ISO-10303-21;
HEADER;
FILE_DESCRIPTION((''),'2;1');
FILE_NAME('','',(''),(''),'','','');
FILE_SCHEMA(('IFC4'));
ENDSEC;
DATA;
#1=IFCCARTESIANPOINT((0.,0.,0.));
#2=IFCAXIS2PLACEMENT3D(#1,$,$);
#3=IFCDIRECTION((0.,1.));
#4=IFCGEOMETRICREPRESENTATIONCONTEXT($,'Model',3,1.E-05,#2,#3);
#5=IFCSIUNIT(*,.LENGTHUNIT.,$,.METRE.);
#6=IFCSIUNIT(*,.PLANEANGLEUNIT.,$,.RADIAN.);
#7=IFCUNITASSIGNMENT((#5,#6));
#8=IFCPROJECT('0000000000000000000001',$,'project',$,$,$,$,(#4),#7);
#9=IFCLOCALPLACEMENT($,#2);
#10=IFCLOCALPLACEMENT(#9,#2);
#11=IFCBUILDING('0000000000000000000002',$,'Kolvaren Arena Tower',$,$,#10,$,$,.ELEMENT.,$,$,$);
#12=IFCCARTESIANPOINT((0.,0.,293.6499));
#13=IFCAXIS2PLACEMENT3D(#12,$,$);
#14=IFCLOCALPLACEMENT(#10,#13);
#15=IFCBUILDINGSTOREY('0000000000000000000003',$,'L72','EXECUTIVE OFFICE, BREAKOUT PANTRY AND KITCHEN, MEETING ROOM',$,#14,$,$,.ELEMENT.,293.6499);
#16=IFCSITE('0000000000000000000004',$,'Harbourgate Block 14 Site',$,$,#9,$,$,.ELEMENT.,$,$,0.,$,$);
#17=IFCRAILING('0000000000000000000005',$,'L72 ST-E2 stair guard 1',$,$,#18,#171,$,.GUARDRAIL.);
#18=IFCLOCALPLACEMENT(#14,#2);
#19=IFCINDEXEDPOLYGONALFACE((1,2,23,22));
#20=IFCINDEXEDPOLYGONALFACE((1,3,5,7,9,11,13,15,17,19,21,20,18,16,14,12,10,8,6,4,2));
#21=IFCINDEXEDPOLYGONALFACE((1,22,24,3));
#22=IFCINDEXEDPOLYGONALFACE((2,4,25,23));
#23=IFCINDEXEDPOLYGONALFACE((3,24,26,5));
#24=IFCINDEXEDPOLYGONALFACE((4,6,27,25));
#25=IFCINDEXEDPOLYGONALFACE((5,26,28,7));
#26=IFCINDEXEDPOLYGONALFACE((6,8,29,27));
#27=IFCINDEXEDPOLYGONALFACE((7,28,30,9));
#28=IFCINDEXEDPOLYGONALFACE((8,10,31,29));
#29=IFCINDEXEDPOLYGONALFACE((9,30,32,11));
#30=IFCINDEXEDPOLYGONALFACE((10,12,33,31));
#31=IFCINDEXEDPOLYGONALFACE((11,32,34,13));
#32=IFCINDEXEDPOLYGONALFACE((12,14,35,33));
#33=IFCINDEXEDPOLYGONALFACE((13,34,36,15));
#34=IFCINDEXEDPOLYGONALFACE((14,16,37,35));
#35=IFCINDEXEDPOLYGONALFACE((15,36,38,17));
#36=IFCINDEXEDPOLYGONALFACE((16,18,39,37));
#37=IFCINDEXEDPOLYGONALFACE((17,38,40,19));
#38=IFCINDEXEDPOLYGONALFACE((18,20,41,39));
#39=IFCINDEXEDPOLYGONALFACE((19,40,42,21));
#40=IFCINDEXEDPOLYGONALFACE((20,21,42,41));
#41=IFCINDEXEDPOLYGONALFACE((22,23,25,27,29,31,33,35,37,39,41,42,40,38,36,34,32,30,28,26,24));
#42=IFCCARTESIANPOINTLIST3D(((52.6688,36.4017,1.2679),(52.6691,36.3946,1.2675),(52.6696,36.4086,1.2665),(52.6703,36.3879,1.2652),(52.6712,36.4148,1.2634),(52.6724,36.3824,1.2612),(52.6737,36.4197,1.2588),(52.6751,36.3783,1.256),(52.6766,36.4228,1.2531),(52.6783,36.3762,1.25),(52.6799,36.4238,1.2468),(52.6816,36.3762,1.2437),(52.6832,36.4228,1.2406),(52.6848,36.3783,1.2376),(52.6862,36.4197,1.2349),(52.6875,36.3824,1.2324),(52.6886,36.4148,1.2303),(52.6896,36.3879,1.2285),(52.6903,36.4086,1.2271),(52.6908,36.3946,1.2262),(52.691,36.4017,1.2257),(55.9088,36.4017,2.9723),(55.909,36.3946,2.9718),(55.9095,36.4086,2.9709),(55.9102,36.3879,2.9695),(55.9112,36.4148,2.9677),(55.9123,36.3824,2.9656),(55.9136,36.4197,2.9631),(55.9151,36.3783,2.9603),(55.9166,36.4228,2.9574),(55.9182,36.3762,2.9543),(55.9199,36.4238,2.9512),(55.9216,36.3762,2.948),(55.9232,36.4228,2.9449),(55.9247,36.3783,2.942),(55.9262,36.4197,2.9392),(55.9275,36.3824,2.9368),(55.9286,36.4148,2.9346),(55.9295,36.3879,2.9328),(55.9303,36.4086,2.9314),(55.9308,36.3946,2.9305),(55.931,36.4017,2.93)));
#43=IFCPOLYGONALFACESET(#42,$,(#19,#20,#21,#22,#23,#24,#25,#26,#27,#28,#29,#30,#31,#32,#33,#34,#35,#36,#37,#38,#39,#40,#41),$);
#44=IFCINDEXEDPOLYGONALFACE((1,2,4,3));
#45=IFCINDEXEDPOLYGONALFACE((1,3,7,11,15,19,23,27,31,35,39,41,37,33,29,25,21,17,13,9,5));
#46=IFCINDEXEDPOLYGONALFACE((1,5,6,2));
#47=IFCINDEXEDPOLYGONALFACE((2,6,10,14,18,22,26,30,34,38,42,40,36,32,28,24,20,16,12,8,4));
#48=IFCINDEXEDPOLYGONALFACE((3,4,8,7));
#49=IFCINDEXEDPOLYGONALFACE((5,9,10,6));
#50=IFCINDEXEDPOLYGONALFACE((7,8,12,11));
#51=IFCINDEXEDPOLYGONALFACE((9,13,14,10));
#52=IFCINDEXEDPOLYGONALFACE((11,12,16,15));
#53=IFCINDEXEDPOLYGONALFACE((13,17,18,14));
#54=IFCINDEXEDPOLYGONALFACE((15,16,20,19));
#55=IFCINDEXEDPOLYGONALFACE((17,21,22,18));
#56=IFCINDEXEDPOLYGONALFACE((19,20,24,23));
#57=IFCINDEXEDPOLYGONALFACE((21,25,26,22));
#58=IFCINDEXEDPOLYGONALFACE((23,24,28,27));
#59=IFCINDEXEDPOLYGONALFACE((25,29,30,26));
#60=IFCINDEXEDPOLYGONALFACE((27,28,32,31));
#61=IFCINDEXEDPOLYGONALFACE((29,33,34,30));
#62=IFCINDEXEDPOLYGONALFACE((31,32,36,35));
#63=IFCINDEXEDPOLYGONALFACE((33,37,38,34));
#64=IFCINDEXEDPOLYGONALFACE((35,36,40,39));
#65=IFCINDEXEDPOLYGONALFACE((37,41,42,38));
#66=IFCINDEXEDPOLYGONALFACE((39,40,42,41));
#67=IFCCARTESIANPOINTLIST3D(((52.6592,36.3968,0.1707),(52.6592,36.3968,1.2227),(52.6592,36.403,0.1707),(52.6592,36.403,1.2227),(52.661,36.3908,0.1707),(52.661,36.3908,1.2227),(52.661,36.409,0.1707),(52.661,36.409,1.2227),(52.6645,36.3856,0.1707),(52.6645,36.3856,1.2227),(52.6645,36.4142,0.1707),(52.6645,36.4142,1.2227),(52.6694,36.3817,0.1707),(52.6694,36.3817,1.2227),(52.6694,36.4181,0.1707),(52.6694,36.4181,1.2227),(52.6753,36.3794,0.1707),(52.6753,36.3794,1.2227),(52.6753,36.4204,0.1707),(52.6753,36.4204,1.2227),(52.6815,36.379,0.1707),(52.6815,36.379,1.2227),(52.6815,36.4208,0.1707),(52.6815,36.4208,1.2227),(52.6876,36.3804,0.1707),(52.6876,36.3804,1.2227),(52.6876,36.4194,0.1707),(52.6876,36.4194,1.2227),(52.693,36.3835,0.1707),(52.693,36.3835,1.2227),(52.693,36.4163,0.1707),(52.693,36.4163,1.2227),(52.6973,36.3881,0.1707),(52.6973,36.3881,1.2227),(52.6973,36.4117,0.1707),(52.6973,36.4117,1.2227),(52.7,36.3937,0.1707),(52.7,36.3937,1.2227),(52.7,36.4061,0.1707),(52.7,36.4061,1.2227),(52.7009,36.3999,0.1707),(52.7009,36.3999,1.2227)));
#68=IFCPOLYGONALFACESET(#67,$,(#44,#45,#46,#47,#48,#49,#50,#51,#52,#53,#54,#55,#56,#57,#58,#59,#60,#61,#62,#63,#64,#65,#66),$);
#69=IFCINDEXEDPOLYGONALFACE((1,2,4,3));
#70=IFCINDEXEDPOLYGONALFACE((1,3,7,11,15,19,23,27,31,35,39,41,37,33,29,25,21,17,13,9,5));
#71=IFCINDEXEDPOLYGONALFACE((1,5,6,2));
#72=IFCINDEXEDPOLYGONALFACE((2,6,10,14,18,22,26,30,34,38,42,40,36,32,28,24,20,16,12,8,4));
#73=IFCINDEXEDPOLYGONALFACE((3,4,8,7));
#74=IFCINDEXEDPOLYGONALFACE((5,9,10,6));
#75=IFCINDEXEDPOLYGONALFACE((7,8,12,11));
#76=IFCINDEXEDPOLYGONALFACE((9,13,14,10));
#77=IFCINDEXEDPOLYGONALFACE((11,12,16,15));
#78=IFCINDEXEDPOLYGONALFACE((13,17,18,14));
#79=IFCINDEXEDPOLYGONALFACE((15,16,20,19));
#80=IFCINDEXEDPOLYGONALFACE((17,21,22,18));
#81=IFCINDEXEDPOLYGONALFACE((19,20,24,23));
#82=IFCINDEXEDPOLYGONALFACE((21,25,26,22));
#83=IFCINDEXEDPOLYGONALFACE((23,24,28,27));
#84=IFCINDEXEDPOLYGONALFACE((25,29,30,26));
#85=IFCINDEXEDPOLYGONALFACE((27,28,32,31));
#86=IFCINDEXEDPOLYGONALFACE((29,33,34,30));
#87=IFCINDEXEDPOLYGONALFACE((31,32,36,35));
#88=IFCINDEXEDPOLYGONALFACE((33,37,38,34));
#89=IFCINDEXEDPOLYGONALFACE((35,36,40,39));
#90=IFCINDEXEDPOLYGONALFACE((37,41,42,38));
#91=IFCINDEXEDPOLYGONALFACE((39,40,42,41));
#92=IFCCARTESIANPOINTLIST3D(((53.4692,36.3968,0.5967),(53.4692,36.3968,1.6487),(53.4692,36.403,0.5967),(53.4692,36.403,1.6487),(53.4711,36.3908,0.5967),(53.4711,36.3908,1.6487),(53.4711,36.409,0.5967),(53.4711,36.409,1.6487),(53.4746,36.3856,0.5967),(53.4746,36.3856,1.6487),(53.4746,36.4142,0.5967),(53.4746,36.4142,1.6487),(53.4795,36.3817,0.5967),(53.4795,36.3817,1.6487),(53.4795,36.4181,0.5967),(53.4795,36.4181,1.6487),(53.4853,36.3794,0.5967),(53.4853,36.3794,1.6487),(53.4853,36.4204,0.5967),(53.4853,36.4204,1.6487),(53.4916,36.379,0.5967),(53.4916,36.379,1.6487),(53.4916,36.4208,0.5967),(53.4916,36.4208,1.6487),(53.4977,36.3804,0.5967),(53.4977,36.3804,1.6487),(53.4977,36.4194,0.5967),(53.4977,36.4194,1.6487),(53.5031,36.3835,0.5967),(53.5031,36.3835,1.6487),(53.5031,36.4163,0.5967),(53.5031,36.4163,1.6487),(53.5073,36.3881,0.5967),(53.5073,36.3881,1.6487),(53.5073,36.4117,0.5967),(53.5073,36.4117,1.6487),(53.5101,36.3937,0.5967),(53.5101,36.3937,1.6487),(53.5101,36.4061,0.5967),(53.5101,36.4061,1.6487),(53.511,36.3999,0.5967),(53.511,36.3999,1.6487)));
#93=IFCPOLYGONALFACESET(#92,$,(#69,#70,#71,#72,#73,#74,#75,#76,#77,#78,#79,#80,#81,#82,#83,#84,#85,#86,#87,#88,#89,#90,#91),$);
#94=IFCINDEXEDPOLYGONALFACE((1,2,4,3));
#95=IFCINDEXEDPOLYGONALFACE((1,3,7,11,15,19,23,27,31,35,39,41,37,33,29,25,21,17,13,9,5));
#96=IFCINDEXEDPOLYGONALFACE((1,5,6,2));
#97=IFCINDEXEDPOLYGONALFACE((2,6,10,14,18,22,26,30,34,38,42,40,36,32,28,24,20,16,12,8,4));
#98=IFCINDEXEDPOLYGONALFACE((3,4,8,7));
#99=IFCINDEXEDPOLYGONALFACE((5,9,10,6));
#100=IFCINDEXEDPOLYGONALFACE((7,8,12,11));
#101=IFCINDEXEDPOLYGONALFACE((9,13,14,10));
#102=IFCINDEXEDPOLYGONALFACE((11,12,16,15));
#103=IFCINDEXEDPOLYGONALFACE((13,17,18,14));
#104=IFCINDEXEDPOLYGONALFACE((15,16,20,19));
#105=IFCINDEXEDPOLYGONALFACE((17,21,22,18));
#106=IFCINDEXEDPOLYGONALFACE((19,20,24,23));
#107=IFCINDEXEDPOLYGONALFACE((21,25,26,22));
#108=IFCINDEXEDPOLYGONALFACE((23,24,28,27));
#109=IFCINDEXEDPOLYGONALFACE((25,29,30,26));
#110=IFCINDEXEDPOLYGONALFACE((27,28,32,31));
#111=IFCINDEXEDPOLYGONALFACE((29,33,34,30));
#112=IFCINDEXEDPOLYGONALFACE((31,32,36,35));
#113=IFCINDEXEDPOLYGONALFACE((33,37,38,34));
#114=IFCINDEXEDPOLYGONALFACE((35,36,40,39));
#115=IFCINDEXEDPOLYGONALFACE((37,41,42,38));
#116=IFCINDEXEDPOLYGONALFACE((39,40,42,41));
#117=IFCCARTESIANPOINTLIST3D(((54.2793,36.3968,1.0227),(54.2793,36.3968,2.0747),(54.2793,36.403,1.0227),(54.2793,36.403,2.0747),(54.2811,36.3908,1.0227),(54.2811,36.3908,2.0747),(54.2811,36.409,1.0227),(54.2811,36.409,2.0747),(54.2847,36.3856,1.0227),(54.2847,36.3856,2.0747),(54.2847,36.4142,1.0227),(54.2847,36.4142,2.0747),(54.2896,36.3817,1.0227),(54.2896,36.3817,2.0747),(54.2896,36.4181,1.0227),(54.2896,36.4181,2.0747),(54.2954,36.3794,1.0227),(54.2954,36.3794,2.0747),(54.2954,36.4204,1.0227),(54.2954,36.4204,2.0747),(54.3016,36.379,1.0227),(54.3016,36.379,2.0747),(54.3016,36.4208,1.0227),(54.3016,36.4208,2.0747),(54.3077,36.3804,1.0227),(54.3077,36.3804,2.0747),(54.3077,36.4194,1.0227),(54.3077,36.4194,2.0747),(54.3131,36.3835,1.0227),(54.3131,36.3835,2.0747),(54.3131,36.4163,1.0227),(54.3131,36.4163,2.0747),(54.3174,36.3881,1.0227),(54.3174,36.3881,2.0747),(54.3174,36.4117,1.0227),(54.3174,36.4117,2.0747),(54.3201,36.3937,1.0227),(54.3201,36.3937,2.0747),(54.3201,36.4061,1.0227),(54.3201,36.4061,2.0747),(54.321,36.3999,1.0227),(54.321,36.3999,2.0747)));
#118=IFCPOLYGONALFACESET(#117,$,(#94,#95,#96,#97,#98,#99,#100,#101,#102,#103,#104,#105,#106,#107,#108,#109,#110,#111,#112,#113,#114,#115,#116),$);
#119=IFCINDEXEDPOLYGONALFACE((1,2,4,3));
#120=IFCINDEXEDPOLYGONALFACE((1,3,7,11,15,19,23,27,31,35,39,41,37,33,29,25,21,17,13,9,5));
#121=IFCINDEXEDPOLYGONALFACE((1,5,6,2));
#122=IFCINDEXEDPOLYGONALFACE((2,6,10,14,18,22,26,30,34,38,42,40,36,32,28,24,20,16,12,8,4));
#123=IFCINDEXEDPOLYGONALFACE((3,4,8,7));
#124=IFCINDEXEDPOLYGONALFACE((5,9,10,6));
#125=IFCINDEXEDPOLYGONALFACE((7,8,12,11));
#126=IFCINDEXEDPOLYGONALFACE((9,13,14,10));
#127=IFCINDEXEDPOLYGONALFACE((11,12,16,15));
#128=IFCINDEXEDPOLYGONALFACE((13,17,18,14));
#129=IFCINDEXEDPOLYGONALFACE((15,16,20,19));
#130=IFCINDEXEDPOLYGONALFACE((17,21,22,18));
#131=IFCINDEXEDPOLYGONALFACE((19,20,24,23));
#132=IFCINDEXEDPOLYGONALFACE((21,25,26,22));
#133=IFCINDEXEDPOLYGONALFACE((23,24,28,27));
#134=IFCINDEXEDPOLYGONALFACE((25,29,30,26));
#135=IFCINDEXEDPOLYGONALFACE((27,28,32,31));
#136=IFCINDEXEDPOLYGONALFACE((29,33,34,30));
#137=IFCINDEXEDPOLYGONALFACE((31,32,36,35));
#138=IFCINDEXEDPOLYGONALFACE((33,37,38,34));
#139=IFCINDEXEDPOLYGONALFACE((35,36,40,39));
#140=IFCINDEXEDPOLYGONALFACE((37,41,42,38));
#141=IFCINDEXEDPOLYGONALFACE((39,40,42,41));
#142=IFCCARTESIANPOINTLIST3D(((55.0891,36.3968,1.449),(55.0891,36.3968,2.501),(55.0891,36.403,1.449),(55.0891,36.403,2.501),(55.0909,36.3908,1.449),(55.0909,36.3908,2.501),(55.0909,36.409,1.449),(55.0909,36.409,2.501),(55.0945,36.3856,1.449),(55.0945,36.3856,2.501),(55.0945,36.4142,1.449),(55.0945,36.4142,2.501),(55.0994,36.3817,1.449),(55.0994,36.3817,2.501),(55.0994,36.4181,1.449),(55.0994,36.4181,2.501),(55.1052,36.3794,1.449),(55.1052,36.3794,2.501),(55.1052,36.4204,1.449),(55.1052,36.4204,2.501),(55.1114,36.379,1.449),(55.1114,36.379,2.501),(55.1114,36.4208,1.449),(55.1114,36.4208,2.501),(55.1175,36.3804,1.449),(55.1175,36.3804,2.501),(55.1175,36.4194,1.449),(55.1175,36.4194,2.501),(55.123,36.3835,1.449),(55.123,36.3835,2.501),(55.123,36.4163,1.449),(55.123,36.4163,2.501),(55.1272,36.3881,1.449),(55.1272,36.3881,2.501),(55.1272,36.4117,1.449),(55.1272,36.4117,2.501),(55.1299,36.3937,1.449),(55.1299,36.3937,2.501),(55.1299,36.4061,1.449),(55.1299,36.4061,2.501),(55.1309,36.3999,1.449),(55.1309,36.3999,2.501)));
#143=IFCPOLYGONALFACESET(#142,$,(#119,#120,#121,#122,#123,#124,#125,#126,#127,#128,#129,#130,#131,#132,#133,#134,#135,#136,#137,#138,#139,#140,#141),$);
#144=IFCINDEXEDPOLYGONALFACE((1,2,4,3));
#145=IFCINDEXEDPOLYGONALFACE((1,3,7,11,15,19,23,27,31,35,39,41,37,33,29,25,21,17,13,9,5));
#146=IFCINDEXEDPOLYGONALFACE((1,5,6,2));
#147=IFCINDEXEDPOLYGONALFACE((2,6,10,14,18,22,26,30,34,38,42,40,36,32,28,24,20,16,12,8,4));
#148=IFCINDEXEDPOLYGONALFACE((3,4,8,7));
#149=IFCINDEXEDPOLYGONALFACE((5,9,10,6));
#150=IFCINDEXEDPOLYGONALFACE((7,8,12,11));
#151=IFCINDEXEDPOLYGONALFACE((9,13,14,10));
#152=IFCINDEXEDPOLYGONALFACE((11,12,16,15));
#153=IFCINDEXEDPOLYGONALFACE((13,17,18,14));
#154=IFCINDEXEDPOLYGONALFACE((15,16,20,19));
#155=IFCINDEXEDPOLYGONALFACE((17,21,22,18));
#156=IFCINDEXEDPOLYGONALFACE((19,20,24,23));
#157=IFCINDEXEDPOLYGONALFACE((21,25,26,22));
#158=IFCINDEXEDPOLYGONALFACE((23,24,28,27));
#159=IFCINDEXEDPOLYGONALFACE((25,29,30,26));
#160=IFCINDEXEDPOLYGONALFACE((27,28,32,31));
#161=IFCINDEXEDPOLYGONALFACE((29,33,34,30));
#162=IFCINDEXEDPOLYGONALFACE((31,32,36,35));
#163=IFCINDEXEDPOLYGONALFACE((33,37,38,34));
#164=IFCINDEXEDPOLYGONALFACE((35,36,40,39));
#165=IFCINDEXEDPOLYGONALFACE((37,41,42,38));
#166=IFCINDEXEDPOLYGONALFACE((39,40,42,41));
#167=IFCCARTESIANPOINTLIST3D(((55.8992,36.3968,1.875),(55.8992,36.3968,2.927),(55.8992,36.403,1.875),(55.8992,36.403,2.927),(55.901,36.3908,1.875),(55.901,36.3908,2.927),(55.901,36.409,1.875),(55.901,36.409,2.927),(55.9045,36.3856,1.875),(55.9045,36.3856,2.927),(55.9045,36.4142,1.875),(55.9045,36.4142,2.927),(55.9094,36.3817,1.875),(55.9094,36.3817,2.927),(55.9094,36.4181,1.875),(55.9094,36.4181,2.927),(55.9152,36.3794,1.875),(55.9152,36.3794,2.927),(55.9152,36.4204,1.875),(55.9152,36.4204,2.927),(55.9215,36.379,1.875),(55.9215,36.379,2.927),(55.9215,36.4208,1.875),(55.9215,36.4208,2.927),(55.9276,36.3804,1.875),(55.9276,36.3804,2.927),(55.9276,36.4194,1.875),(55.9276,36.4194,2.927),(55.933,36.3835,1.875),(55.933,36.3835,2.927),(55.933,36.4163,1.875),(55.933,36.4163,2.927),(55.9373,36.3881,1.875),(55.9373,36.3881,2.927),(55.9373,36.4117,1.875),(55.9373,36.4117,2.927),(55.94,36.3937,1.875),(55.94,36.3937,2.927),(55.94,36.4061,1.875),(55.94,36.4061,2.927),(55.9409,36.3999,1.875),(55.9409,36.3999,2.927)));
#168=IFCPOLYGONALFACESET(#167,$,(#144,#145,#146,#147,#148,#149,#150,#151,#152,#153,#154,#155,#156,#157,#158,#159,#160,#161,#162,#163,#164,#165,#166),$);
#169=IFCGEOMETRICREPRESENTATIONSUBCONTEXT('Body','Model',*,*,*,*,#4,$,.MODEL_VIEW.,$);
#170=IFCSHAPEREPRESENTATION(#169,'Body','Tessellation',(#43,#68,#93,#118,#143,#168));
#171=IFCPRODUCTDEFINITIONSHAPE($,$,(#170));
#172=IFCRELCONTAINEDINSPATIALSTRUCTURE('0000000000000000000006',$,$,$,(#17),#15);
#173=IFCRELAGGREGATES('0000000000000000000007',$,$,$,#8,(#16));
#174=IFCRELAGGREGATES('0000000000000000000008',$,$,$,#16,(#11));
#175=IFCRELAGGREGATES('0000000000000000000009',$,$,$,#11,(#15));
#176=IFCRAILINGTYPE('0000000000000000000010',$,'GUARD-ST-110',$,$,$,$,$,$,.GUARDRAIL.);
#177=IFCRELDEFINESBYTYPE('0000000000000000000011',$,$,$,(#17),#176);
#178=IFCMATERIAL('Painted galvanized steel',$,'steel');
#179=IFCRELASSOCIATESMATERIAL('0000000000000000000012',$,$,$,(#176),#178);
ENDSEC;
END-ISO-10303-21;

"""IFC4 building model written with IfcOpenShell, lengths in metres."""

from ifc_helpers import new_model, si_unit, direction, frame, origin, origin_2d, place, context, subcontext, project, spatial, circle, extrude, material, type_object, element, save


model = new_model("IFC4")

# Units and contexts
model_context = context("Model", 3, precision=1e-05, world=origin(), true_north=direction((0.0, 1.0)))
body_context = subcontext(model_context, "Body", "Model", "MODEL_VIEW")
ifc_project = project(units=[si_unit("LENGTHUNIT", "METRE"), si_unit("PLANEANGLEUNIT", "RADIAN")], contexts=[model_context])

# Site, building, storey
site_placement = place(None, origin())
site = spatial("IfcSite", under=ifc_project, at=site_placement, Name="Harbourgate Block 14 Site", CompositionType="ELEMENT", RefElevation=0.0)
building_placement = place(site_placement, origin())
building = spatial("IfcBuilding", under=site, at=building_placement, Name="Kolvaren Arena Tower", CompositionType="ELEMENT")
storey_placement = place(building_placement, frame((0.0, 0.0, 293.6499)))
storey = spatial("IfcBuildingStorey", under=building, at=storey_placement, Name="L72", Description="EXECUTIVE OFFICE, BREAKOUT PANTRY AND KITCHEN, MEETING ROOM", CompositionType="ELEMENT", Elevation=293.6499)

# Railing
ifc_material_1 = material(Name="Painted galvanized steel", Category="steel")
railing_type_1 = type_object("IfcRailingType", Name="GUARD-ST-110", PredefinedType="GUARDRAIL", material=ifc_material_1)
railing_1_placement = place(storey_placement, frame((52.6799, 36.3999, 0.1707)))
element("IfcRailing", 1, at=railing_1_placement, inside=storey, type_object=railing_type_1, Name="L72 ST-E2 stair guard 1", PredefinedType="GUARDRAIL", context=body_context, shape_type="SweptSolid", body=[
    extrude(circle(Radius=0.0239, at=origin_2d()), frame((0.0, 0.0, 1.0762), z_axis=(0.885021, 0.0, 0.465551), x_axis=(0.0, 1.0, 0.0)), (0.0, 0.0, 1.0), 3.6609),
    extrude(circle(Radius=0.021, at=origin_2d()), origin(), (0.0, 0.0, 1.0), 1.052),
    extrude(circle(Radius=0.021, at=origin_2d()), frame((0.8101, 0.0, 0.426)), (0.0, 0.0, 1.0), 1.052),
    extrude(circle(Radius=0.021, at=origin_2d()), frame((1.6201, 0.0, 0.8521)), (0.0, 0.0, 1.0), 1.052),
    extrude(circle(Radius=0.021, at=origin_2d()), frame((2.4299, 0.0, 1.2783)), (0.0, 0.0, 1.0), 1.052),
    extrude(circle(Radius=0.021, at=origin_2d()), frame((3.24, 0.0, 1.7043)), (0.0, 0.0, 1.0), 1.052),
])

save(model, "model.ifc")
